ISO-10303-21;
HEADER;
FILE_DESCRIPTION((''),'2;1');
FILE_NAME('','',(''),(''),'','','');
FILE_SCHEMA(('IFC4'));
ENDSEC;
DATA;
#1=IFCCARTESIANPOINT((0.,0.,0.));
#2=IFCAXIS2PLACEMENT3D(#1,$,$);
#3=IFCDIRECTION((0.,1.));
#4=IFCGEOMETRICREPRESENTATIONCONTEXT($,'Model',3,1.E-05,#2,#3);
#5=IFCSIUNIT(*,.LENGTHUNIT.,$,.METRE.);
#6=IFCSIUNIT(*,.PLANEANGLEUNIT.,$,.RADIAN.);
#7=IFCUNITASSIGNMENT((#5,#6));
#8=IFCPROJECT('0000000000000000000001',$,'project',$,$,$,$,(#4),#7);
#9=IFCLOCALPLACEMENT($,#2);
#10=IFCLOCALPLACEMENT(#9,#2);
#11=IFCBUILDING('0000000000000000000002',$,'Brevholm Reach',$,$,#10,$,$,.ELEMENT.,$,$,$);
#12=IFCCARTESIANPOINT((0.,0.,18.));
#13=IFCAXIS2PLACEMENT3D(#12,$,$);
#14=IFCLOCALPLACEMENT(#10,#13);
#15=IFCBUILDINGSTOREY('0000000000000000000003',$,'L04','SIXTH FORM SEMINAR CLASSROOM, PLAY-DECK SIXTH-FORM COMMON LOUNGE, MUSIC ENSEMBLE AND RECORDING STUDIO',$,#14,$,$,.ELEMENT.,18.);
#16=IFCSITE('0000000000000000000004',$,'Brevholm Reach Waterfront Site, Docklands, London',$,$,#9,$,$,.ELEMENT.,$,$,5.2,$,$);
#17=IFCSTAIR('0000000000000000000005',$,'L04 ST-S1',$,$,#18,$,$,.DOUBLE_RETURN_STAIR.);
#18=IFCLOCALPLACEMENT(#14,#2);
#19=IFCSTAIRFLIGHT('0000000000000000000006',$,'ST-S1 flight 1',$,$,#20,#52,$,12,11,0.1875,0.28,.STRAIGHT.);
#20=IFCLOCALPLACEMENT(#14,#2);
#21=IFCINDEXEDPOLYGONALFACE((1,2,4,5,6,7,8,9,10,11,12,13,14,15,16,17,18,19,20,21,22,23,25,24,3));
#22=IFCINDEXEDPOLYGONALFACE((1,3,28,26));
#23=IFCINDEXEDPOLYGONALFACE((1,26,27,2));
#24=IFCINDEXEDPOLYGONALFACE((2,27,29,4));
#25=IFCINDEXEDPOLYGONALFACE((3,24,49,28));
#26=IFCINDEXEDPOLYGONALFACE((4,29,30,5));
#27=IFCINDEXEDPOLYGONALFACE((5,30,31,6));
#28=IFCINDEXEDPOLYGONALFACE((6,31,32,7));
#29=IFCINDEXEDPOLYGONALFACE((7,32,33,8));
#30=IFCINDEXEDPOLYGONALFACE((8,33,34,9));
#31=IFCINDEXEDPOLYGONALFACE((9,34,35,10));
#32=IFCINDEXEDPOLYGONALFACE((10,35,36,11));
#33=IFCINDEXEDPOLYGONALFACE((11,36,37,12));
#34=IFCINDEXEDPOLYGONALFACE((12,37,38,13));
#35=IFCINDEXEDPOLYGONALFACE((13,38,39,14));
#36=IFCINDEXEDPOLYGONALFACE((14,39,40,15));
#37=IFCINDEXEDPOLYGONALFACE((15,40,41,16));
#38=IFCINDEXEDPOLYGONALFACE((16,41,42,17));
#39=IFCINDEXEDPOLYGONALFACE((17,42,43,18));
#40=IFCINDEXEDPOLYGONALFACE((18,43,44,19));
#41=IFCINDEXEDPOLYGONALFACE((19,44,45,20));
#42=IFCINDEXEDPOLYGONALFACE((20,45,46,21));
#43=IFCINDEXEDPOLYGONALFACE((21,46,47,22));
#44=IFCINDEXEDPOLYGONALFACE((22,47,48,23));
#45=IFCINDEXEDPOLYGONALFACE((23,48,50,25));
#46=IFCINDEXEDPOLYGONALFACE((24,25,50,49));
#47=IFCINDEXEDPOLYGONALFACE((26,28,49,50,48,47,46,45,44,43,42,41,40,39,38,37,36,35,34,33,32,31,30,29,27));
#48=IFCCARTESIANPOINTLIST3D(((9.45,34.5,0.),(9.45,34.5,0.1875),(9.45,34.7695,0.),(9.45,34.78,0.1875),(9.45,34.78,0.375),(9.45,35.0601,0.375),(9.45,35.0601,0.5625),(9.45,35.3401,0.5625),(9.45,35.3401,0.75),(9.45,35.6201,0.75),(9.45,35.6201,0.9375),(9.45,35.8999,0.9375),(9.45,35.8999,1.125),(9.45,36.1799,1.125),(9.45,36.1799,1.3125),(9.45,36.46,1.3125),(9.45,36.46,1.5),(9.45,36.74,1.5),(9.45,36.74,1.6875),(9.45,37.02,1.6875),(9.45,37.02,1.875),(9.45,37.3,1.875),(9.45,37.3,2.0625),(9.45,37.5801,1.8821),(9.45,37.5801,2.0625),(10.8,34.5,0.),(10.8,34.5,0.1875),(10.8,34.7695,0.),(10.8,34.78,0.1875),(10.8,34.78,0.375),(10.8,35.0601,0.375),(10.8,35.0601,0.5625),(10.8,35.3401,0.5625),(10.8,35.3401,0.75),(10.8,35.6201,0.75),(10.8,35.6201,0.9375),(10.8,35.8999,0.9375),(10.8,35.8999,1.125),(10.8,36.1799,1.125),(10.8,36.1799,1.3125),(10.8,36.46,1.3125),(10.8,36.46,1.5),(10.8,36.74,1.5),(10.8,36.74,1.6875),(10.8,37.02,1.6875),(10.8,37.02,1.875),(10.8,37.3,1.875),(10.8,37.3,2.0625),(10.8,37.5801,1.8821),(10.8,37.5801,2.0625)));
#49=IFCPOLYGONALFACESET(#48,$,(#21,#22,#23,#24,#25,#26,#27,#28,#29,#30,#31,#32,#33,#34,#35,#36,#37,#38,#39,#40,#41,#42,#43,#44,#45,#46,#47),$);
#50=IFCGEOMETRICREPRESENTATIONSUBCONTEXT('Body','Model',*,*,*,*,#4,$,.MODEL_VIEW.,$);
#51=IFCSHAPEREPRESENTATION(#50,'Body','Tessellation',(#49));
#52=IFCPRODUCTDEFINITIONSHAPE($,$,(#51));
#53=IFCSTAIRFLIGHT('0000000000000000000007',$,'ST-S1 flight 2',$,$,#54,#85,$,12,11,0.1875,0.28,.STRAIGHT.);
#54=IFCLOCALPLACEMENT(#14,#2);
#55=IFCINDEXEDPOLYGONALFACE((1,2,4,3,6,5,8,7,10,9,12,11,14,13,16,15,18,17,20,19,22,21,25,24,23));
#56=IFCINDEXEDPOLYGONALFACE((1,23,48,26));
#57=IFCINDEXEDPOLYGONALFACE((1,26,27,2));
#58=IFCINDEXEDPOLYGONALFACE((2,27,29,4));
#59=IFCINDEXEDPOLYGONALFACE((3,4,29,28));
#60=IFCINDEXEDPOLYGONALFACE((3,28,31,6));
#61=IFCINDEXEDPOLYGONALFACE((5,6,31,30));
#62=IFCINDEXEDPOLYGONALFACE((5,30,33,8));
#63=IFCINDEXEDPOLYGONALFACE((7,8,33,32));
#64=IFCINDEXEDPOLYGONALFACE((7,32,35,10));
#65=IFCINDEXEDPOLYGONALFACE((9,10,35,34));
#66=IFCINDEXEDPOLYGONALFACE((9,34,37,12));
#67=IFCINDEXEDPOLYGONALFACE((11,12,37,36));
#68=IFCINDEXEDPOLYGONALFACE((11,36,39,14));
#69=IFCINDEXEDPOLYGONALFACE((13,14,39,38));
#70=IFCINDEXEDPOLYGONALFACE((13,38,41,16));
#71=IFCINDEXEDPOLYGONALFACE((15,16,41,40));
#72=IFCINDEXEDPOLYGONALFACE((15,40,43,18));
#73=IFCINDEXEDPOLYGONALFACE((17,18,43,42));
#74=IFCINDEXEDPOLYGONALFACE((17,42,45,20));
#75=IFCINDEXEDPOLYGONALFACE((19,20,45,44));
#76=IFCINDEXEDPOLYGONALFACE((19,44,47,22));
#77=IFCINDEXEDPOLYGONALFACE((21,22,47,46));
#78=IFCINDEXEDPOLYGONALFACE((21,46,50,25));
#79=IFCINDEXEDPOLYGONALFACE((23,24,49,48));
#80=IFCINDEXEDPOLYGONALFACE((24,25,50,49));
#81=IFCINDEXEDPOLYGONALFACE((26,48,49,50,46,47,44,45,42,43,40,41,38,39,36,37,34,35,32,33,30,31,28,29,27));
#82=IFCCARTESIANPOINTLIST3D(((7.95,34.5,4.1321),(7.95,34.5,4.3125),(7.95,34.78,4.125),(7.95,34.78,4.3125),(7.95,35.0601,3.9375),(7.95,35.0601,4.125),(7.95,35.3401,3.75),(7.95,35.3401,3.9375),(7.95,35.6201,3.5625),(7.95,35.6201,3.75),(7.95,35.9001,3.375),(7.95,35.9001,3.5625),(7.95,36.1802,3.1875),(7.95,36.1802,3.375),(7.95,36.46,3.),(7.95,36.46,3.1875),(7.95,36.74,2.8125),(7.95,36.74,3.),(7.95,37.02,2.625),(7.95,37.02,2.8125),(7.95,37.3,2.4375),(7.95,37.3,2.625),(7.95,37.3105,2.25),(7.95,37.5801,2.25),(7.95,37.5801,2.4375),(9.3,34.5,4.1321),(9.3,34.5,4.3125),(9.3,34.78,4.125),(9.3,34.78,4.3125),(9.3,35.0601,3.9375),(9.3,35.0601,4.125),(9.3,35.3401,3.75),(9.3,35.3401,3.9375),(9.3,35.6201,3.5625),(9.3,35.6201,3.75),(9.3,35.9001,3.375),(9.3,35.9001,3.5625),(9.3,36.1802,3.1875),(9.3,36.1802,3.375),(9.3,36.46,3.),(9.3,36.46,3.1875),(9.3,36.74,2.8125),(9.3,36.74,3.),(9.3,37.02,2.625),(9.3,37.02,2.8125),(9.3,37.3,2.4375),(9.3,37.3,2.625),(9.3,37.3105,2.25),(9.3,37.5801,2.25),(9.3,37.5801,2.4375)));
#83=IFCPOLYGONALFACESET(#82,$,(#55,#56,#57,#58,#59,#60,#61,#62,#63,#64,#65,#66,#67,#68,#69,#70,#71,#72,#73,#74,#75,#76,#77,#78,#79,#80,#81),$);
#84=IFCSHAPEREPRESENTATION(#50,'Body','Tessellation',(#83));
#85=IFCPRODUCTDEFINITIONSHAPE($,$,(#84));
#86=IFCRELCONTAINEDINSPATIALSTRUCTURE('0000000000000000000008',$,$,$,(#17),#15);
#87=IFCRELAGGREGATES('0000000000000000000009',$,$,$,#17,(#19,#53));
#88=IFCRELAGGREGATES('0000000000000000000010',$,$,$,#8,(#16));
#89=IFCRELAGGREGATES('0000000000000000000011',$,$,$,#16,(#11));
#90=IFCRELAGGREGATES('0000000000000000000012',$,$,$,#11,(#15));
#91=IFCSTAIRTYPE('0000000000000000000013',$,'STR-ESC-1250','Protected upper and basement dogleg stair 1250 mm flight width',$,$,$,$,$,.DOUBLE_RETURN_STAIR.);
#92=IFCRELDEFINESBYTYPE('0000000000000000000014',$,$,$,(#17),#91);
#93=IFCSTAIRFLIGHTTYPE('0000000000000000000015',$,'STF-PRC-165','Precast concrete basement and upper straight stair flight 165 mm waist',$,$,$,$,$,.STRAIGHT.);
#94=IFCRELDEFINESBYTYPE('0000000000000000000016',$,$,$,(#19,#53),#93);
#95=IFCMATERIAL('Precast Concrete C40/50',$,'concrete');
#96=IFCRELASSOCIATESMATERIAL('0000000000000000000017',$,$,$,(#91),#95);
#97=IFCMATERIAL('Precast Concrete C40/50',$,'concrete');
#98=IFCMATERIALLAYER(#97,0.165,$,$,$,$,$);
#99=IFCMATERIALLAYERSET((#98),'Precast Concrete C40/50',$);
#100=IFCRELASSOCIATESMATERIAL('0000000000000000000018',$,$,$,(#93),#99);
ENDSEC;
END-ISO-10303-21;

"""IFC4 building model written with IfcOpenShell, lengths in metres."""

from ifc_helpers import new_model, si_unit, direction, frame, origin, place, context, subcontext, project, spatial, polyline, outline, extrude, material, layer, layer_set, type_object, element, aggregate, save


model = new_model("IFC4")

# Units and contexts
model_context = context("Model", 3, precision=1e-05, world=origin(), true_north=direction((0.0, 1.0)))
body_context = subcontext(model_context, "Body", "Model", "MODEL_VIEW")
ifc_project = project(units=[si_unit("LENGTHUNIT", "METRE"), si_unit("PLANEANGLEUNIT", "RADIAN")], contexts=[model_context])

# Site, building, storey
site_placement = place(None, origin())
site = spatial("IfcSite", under=ifc_project, at=site_placement, Name="Brevholm Reach Waterfront Site, Docklands, London", CompositionType="ELEMENT", RefElevation=5.2)
building_placement = place(site_placement, origin())
building = spatial("IfcBuilding", under=site, at=building_placement, Name="Brevholm Reach", CompositionType="ELEMENT")
storey_placement = place(building_placement, frame((0.0, 0.0, 18.0)))
storey = spatial("IfcBuildingStorey", under=building, at=storey_placement, Name="L04", Description="SIXTH FORM SEMINAR CLASSROOM, PLAY-DECK SIXTH-FORM COMMON LOUNGE, MUSIC ENSEMBLE AND RECORDING STUDIO", CompositionType="ELEMENT", Elevation=18.0)

# Stair, stair flights
ifc_material_1 = material(Name="Precast Concrete C40/50", Category="concrete")
stair_type = type_object("IfcStairType", Name="STR-ESC-1250", Description="Protected upper and basement dogleg stair 1250 mm flight width", PredefinedType="DOUBLE_RETURN_STAIR", material=ifc_material_1)
stair_placement = place(storey_placement, origin())
stair = element("IfcStair", 1, at=stair_placement, inside=storey, type_object=stair_type, Name="L04 ST-S1", PredefinedType="DOUBLE_RETURN_STAIR")
ifc_material_2 = material(Name="Precast Concrete C40/50", Category="concrete")
ifc_layer_1 = layer(ifc_material_2, 0.165)
ifc_layer_set_1 = layer_set([ifc_layer_1], Name="Precast Concrete C40/50")
stair_flight_type = type_object("IfcStairFlightType", Name="STF-PRC-165", Description="Precast concrete basement and upper straight stair flight 165 mm waist", PredefinedType="STRAIGHT", material=ifc_layer_set_1)
stair_flight_1_placement = place(storey_placement, frame((10.125, 34.5, 0.0), z_axis=(0.0, 0.0, 1.0), x_axis=(0.0, 1.0, 0.0)))
stair_flight_1 = element("IfcStairFlight", 2, at=stair_flight_1_placement, type_object=stair_flight_type, Name="ST-S1 flight 1", NumberOfRisers=12, NumberOfTreads=11, PredefinedType="STRAIGHT", RiserHeight=0.1875, TreadLength=0.28, context=body_context, shape_type="SweptSolid", body=[
    extrude(outline(polyline([(0.0, 0.0), (0.0, 0.1875), (0.28, 0.1875), (0.28, 0.375), (0.5601, 0.375), (0.5601, 0.5625), (0.8401, 0.5625), (0.8401, 0.75), (1.1201, 0.75), (1.1201, 0.9375), (1.3999, 0.9375), (1.3999, 1.125), (1.6799, 1.125), (1.6799, 1.3125), (1.96, 1.3125), (1.96, 1.5), (2.24, 1.5), (2.24, 1.6875), (2.52, 1.6875), (2.52, 1.875), (2.8, 1.875), (2.8, 2.0625), (3.0801, 2.0625), (3.0801, 2.25), (3.0801, 1.8821), (0.2695, 0.0), (0.0, 0.0)])), frame((0.0, 0.675, 0.0), z_axis=(0.0, -1.0, 0.0), x_axis=(1.0, 0.0, 0.0)), (0.0, 0.0, 1.0), 1.3501),
])
stair_flight_2_placement = place(storey_placement, frame((8.625, 37.5801, 2.25), z_axis=(0.0, 0.0, 1.0), x_axis=(0.0, -1.0, 0.0)))
stair_flight_2 = element("IfcStairFlight", 3, at=stair_flight_2_placement, type_object=stair_flight_type, Name="ST-S1 flight 2", NumberOfRisers=12, NumberOfTreads=11, PredefinedType="STRAIGHT", RiserHeight=0.1875, TreadLength=0.28, context=body_context, shape_type="SweptSolid", body=[
    extrude(outline(polyline([(0.0, 0.0), (0.0, 0.1875), (0.28, 0.1875), (0.28, 0.375), (0.5601, 0.375), (0.5601, 0.5625), (0.8401, 0.5625), (0.8401, 0.75), (1.1201, 0.75), (1.1201, 0.9375), (1.3999, 0.9375), (1.3999, 1.125), (1.6799, 1.125), (1.6799, 1.3125), (1.96, 1.3125), (1.96, 1.5), (2.24, 1.5), (2.24, 1.6875), (2.52, 1.6875), (2.52, 1.875), (2.8, 1.875), (2.8, 2.0625), (3.0801, 2.0625), (3.0801, 2.25), (3.0801, 1.8821), (0.2695, 0.0), (0.0, 0.0)])), frame((0.0, 0.675, 0.0), z_axis=(0.0, -1.0, 0.0), x_axis=(1.0, 0.0, 0.0)), (0.0, 0.0, 1.0), 1.3501),
])
aggregate(stair, [stair_flight_1, stair_flight_2])

save(model, "model.ifc")
